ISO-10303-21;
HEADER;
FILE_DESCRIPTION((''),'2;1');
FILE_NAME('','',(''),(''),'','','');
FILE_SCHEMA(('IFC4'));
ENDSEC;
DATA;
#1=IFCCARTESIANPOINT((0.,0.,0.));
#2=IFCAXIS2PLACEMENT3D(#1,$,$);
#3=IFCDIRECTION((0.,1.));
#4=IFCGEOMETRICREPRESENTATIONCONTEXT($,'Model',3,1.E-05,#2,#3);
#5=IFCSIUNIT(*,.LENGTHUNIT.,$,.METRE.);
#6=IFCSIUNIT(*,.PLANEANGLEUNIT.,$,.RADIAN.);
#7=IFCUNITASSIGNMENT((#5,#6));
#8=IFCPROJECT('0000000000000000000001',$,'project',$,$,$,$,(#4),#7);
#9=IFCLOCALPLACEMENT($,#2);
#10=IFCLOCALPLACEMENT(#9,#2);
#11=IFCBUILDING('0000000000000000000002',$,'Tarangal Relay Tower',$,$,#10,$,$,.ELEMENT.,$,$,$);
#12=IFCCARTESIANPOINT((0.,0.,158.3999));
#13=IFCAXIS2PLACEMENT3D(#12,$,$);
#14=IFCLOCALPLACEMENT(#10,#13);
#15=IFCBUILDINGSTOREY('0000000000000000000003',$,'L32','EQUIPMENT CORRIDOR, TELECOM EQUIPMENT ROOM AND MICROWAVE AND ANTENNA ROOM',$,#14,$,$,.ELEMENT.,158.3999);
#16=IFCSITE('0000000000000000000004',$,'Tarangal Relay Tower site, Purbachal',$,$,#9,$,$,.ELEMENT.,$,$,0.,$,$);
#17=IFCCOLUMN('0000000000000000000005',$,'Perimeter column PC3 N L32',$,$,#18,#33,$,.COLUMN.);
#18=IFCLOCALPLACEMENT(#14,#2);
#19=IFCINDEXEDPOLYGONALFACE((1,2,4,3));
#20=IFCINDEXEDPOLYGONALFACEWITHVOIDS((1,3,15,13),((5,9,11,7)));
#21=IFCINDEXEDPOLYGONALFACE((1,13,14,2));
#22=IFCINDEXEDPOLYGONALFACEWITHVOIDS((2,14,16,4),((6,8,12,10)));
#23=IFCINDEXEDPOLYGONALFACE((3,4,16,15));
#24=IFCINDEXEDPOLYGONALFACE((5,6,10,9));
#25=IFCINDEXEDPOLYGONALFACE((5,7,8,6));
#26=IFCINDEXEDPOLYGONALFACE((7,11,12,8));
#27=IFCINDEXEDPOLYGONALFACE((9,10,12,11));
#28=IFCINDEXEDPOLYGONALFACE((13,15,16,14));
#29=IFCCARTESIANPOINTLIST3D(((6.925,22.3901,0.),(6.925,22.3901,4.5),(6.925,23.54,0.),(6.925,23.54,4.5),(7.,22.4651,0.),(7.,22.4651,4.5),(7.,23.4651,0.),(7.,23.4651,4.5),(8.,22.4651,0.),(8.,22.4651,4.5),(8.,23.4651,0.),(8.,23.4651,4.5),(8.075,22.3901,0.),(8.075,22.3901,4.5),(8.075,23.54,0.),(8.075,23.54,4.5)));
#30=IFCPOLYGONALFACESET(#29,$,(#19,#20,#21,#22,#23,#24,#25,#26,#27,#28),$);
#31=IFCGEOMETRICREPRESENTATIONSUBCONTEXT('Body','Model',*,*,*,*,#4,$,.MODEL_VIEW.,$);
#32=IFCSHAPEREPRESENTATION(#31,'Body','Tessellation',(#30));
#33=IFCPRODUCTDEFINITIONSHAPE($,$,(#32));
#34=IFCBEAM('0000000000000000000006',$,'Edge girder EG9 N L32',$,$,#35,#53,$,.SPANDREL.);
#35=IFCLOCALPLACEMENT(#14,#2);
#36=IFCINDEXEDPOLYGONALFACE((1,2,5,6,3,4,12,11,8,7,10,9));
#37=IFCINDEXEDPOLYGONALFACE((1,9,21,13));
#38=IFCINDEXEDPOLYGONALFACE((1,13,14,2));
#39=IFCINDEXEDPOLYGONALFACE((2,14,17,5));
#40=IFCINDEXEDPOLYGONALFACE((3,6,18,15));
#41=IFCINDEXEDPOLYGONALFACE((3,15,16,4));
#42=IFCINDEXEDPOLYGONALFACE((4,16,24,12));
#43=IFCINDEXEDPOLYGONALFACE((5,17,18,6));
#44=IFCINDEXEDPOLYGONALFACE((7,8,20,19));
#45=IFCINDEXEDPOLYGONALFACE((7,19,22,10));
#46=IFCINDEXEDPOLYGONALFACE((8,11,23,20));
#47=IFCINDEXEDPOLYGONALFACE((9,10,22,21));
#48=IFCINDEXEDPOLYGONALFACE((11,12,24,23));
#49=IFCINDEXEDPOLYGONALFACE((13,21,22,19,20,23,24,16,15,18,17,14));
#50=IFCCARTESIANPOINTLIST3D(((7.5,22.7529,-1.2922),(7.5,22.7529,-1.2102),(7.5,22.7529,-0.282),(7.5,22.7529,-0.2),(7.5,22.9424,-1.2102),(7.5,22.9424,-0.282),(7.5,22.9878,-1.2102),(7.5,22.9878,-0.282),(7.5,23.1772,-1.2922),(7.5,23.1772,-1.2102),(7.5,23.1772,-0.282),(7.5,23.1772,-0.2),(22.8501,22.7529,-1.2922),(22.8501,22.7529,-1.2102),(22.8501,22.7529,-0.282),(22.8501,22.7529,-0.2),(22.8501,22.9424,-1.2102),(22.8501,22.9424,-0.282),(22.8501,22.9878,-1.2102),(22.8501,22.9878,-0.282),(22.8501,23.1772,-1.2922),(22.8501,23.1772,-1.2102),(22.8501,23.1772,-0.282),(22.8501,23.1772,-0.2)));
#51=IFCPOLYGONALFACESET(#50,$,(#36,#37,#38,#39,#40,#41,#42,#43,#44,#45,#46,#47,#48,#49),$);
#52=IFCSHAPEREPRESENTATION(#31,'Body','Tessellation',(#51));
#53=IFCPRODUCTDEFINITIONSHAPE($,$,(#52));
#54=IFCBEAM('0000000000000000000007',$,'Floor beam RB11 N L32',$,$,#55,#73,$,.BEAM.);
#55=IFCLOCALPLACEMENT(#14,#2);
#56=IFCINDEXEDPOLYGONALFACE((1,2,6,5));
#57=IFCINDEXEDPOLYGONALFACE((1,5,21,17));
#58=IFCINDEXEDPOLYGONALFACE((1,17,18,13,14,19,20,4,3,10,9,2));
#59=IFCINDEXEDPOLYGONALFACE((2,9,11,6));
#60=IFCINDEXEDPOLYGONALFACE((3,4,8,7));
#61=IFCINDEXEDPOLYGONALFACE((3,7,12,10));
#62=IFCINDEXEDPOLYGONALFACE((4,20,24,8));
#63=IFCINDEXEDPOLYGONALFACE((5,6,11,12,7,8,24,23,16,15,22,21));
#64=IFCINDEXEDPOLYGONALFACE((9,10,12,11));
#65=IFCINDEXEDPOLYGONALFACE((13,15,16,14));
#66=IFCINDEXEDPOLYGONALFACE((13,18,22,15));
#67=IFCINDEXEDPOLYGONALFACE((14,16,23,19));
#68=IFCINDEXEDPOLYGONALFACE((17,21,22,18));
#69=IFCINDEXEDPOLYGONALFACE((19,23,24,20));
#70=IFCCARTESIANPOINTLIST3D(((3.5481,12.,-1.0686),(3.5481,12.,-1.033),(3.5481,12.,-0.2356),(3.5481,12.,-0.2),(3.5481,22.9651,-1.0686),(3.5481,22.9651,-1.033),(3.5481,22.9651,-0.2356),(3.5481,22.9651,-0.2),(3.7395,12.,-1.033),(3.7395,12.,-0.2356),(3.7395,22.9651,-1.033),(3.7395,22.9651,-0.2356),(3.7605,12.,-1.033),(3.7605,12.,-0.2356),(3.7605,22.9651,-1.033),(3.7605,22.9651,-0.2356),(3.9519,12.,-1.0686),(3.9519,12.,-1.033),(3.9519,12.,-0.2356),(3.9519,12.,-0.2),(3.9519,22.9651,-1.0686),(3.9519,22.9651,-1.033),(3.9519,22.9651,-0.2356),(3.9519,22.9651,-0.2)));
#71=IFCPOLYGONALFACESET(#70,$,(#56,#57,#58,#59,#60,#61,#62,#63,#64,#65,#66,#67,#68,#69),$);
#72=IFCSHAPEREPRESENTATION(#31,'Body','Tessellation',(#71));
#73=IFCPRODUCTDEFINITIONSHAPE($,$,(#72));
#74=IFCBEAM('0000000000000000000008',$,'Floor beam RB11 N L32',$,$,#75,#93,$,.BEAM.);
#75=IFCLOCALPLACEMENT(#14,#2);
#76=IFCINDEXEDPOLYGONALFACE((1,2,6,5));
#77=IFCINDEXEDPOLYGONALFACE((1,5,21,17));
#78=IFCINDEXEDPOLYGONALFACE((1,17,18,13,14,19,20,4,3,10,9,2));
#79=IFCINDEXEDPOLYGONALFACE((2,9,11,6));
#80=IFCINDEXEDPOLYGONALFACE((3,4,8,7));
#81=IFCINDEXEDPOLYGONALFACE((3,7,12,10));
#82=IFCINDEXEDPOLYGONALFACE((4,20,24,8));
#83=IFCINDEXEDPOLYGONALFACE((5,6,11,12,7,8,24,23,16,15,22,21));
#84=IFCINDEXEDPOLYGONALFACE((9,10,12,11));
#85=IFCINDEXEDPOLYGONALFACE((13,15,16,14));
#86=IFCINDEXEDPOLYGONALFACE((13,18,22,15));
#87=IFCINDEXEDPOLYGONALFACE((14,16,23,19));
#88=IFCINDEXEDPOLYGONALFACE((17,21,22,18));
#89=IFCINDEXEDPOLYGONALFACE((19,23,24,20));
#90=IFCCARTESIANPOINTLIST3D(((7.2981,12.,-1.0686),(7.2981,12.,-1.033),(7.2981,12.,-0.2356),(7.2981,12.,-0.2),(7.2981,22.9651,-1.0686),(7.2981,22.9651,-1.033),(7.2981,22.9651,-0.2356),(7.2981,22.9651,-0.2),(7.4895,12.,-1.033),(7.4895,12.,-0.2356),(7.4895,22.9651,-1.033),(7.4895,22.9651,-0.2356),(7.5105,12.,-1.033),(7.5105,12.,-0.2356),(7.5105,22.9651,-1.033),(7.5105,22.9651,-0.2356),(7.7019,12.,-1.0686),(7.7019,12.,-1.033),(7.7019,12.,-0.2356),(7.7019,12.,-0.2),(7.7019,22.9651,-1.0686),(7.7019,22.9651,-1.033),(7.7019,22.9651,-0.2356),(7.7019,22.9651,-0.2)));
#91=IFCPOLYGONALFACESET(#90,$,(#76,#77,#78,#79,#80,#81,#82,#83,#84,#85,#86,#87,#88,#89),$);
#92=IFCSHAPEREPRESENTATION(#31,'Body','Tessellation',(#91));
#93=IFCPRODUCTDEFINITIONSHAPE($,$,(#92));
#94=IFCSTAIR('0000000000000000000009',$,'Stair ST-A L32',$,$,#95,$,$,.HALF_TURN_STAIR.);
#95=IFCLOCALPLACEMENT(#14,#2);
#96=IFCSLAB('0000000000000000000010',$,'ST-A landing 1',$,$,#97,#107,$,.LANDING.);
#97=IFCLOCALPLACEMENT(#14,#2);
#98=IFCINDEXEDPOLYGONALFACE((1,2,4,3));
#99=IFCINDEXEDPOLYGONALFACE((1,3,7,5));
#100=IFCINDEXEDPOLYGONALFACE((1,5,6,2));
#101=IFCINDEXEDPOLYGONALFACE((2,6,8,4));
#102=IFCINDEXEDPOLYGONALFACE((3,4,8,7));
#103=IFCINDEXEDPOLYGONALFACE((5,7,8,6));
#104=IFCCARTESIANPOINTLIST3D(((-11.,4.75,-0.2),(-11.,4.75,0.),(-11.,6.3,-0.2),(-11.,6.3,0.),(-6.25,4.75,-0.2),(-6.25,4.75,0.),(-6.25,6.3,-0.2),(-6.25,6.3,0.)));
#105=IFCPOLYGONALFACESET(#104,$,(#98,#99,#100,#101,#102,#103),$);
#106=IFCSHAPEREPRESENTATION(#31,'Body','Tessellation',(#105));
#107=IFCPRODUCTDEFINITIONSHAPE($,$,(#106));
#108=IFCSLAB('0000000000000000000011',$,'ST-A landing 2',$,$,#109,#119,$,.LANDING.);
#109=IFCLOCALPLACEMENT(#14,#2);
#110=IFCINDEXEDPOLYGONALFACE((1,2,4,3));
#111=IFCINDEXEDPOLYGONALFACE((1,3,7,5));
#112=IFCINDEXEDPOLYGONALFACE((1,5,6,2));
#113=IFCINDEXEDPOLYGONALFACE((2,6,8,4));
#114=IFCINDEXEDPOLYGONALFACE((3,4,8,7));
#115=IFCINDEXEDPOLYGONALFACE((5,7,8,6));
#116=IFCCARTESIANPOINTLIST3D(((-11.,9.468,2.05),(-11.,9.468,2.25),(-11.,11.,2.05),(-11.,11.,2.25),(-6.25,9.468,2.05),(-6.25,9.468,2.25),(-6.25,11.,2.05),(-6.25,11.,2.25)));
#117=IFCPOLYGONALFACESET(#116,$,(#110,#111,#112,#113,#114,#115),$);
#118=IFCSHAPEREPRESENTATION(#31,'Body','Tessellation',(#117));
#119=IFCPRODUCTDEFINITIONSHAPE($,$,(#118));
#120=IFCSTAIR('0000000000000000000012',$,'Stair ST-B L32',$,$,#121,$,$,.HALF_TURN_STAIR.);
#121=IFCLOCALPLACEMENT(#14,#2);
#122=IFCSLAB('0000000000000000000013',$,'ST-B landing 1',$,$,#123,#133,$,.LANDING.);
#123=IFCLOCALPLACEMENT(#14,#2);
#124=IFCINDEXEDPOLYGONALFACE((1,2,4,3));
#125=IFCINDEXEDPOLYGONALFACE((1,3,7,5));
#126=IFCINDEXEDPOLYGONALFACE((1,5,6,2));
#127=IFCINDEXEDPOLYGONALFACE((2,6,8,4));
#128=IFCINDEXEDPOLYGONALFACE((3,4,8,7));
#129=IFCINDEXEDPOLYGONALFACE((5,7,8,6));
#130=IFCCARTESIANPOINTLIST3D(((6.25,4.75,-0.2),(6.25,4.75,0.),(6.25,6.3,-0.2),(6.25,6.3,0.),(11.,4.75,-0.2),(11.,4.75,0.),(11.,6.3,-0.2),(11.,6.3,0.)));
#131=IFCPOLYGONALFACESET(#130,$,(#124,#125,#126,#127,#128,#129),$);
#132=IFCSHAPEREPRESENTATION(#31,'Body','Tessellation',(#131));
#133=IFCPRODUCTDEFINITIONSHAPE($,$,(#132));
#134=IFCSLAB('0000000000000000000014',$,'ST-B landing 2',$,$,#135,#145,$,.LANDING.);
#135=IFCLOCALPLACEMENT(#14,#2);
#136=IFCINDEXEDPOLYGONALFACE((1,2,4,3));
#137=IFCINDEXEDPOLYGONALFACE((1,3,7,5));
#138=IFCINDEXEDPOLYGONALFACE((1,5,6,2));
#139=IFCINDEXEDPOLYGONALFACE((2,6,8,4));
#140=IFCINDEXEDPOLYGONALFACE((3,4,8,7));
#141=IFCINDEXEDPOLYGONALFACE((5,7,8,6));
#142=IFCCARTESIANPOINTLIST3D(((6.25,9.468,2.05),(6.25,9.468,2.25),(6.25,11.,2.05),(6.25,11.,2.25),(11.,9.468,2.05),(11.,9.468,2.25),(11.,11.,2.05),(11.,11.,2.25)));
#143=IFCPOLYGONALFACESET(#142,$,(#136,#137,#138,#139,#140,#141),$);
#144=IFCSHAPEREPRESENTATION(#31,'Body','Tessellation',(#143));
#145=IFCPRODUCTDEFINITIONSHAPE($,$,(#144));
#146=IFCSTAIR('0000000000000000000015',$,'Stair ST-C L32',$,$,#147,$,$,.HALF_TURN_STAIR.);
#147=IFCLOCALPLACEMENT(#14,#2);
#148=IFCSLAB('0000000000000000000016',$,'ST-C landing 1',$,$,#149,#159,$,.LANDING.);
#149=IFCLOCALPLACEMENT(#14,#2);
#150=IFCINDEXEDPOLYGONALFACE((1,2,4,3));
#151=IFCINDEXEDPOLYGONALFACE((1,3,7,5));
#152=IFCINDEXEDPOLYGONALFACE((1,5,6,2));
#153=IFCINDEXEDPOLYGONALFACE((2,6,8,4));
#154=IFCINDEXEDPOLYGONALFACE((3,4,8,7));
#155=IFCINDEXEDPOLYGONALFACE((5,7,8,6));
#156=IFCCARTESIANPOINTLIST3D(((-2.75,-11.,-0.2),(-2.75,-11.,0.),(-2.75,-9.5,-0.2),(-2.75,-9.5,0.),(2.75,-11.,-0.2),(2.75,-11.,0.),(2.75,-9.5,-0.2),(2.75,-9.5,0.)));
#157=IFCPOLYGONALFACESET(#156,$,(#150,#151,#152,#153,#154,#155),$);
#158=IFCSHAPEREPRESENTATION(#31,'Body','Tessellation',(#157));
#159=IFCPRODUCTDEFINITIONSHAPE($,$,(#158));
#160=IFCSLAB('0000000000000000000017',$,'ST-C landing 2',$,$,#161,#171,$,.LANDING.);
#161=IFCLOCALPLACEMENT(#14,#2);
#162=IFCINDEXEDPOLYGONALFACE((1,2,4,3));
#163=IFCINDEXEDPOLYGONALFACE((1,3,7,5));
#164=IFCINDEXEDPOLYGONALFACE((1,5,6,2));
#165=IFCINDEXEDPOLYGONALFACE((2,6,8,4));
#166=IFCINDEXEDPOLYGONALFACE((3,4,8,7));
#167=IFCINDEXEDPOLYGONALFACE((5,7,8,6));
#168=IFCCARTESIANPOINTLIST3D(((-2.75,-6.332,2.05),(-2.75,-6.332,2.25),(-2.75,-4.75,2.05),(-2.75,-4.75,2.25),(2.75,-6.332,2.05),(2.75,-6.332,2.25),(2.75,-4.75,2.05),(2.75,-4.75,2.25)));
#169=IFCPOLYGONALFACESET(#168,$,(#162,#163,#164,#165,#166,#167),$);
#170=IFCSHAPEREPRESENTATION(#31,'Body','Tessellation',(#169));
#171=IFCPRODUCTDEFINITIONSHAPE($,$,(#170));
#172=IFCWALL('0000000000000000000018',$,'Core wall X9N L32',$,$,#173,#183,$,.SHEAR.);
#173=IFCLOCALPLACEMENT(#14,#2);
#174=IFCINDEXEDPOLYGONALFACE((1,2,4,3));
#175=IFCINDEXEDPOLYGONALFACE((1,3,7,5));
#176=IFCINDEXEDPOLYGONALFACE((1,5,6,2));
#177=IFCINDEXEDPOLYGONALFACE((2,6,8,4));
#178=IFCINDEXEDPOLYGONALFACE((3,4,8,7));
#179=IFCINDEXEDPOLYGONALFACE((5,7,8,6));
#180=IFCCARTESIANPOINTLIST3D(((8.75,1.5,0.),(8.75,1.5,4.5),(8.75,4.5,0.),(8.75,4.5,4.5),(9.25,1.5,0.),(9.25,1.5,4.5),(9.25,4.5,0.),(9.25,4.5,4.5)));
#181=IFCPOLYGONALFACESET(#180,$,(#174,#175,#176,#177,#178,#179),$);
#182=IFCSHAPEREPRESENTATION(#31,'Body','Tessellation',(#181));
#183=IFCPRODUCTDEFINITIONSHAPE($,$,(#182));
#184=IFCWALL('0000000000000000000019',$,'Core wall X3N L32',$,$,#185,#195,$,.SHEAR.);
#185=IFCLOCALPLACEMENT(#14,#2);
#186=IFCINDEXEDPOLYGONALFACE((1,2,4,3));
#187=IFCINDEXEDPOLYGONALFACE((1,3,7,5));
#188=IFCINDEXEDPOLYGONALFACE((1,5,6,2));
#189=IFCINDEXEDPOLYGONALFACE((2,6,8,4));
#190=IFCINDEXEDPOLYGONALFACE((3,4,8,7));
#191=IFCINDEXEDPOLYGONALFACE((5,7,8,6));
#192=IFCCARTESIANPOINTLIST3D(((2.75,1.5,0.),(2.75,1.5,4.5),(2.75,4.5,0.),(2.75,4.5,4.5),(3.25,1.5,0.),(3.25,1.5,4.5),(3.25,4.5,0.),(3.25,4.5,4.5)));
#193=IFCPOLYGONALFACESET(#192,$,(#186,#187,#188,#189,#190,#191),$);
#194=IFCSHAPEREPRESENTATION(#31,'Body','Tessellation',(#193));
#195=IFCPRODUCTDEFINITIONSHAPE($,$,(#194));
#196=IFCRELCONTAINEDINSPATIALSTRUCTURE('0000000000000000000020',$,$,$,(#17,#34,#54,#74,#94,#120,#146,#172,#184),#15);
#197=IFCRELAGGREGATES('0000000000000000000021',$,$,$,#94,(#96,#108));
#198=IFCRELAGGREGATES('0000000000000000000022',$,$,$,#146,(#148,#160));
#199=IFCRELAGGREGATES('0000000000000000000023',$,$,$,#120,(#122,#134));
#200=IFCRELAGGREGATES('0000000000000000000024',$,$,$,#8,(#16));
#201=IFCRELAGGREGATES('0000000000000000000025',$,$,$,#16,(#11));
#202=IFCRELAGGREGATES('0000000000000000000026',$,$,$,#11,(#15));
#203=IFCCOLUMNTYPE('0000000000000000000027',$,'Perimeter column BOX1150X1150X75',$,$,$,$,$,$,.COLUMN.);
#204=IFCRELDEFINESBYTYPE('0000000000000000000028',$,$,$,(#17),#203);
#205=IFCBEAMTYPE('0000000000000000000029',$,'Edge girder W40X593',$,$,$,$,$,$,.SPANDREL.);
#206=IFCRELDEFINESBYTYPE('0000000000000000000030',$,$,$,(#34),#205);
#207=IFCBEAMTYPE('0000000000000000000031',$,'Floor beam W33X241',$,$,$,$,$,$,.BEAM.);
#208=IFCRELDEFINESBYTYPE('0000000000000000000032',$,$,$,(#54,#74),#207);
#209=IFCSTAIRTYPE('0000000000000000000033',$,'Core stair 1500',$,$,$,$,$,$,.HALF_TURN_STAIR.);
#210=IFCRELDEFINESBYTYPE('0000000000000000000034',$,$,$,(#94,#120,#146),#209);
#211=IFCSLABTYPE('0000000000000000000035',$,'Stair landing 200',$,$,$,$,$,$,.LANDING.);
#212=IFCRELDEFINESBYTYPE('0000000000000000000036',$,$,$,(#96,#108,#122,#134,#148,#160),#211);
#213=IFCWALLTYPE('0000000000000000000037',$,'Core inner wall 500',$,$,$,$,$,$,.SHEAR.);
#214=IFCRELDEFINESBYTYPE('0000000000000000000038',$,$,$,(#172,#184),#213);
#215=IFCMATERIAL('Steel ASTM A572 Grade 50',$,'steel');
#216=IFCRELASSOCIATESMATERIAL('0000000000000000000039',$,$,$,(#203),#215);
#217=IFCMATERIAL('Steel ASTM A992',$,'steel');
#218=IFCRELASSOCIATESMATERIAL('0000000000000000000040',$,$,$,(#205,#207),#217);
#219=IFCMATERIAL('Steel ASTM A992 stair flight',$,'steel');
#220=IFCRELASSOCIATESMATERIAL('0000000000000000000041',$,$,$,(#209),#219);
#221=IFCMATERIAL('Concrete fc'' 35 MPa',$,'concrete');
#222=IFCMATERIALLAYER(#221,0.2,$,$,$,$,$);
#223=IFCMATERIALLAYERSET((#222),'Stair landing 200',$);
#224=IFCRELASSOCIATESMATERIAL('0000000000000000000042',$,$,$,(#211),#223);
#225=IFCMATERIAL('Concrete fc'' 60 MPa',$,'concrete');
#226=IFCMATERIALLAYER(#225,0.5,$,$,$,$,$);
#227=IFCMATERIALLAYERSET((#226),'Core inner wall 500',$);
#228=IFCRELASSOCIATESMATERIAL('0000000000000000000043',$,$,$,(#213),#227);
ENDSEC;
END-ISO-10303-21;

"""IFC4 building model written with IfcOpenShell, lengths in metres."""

from ifc_helpers import new_model, si_unit, direction, frame, frame_2d, origin, origin_2d, place, context, subcontext, project, spatial, polyline, rectangle, hollow_rectangle, i_section, outline, extrude, material, layer, layer_set, material_profile, profile_set, type_object, element, aggregate, save


model = new_model("IFC4")

# Units and contexts
model_context = context("Model", 3, precision=1e-05, world=origin(), true_north=direction((0.0, 1.0)))
body_context = subcontext(model_context, "Body", "Model", "MODEL_VIEW")
ifc_project = project(units=[si_unit("LENGTHUNIT", "METRE"), si_unit("PLANEANGLEUNIT", "RADIAN")], contexts=[model_context])

# Site, building, storey
site_placement = place(None, origin())
site = spatial("IfcSite", under=ifc_project, at=site_placement, Name="Tarangal Relay Tower site, Purbachal", CompositionType="ELEMENT", RefElevation=0.0)
building_placement = place(site_placement, origin())
building = spatial("IfcBuilding", under=site, at=building_placement, Name="Tarangal Relay Tower", CompositionType="ELEMENT")
storey_placement = place(building_placement, frame((0.0, 0.0, 158.3999)))
storey = spatial("IfcBuildingStorey", under=building, at=storey_placement, Name="L32", Description="EQUIPMENT CORRIDOR, TELECOM EQUIPMENT ROOM AND MICROWAVE AND ANTENNA ROOM", CompositionType="ELEMENT", Elevation=158.3999)

# Column
ifc_material_1 = material(Name="Steel ASTM A572 Grade 50", Category="steel")
ifc_material_profile_1 = material_profile(ifc_material_1, hollow_rectangle(XDim=1.1499, YDim=1.1499, WallThickness=0.075, at=origin_2d()), Name="BOX1150X1150X75")
ifc_profile_set_1 = profile_set([ifc_material_profile_1], Name="Steel ASTM A572 Grade 50")
column_type = type_object("IfcColumnType", Name="Perimeter column BOX1150X1150X75", PredefinedType="COLUMN", material=ifc_profile_set_1)
column_placement = place(storey_placement, frame((7.5, 22.9651, 0.0), z_axis=(0.0, 0.0, 1.0), x_axis=(1.0, 0.0, 0.0)))
element("IfcColumn", 1, at=column_placement, inside=storey, type_object=column_type, Name="Perimeter column PC3 N L32", PredefinedType="COLUMN", context=body_context, shape_type="SweptSolid", body=[
    extrude(hollow_rectangle(XDim=1.1499, YDim=1.1499, WallThickness=0.075, at=origin_2d()), origin(), (0.0, 0.0, 1.0), 4.5),
])

# Beams
ifc_material_2 = material(Name="Steel ASTM A992", Category="steel")
ifc_material_profile_2 = material_profile(ifc_material_2, i_section(OverallWidth=0.4243, OverallDepth=1.0923, WebThickness=0.0454, FlangeThickness=0.082, at=origin_2d()), Name="W40X593")
ifc_profile_set_2 = profile_set([ifc_material_profile_2], Name="Steel ASTM A992")
beam_type_1 = type_object("IfcBeamType", Name="Edge girder W40X593", PredefinedType="SPANDREL", material=ifc_profile_set_2)
beam_placement = place(storey_placement, frame((7.5, 22.9651, -0.7461), z_axis=(1.0, 0.0, 0.0), x_axis=(0.0, 1.0, 0.0)))
element("IfcBeam", 2, at=beam_placement, inside=storey, type_object=beam_type_1, Name="Edge girder EG9 N L32", PredefinedType="SPANDREL", context=body_context, shape_type="SweptSolid", body=[
    extrude(i_section(OverallWidth=0.4243, OverallDepth=1.0923, WebThickness=0.0454, FlangeThickness=0.082, at=origin_2d()), origin(), (0.0, 0.0, 1.0), 15.3501),
])
ifc_material_profile_3 = material_profile(ifc_material_2, i_section(OverallWidth=0.4038, OverallDepth=0.8687, WebThickness=0.021, FlangeThickness=0.0356, at=origin_2d()), Name="W33X241")
ifc_profile_set_3 = profile_set([ifc_material_profile_3], Name="Steel ASTM A992")
beam_type_2 = type_object("IfcBeamType", Name="Floor beam W33X241", PredefinedType="BEAM", material=ifc_profile_set_3)
for number, where, z_axis, x_axis, name in (
    (3, (3.75, 12.0, -0.6343), (0.0, 1.0, 0.0), (-1.0, 0.0, 0.0), "Floor beam RB11 N L32"),
    (4, (7.5, 12.0, -0.6343), (0.0, 1.0, 0.0), (-1.0, 0.0, 0.0), "Floor beam RB11 N L32"),
):
    element("IfcBeam", number, at=place(storey_placement, frame(where, z_axis=z_axis, x_axis=x_axis)), inside=storey, type_object=beam_type_2, Name=name, PredefinedType="BEAM", context=body_context, shape_type="SweptSolid", body=[
        extrude(i_section(OverallWidth=0.4038, OverallDepth=0.8687, WebThickness=0.021, FlangeThickness=0.0356, at=origin_2d()), origin(), (0.0, 0.0, 1.0), 10.9651),
    ])

# Stairs, slabs
ifc_material_3 = material(Name="Steel ASTM A992 stair flight", Category="steel")
stair_type = type_object("IfcStairType", Name="Core stair 1500", PredefinedType="HALF_TURN_STAIR", material=ifc_material_3)
stair_1_placement = place(storey_placement, origin())
stair_1 = element("IfcStair", 5, at=stair_1_placement, inside=storey, type_object=stair_type, Name="Stair ST-A L32", PredefinedType="HALF_TURN_STAIR")
ifc_material_4 = material(Name="Concrete fc' 35 MPa", Category="concrete")
ifc_layer_1 = layer(ifc_material_4, 0.2)
ifc_layer_set_1 = layer_set([ifc_layer_1], Name="Stair landing 200")
slab_type = type_object("IfcSlabType", Name="Stair landing 200", PredefinedType="LANDING", material=ifc_layer_set_1)
slab_1_placement = place(storey_placement, frame((0.0, 0.0, -0.2)))
slab_1 = element("IfcSlab", 6, at=slab_1_placement, type_object=slab_type, Name="ST-A landing 1", PredefinedType="LANDING", context=body_context, shape_type="SweptSolid", body=[
    extrude(outline(polyline([(-11.0, 4.75), (-6.25, 4.75), (-6.25, 6.3), (-11.0, 6.3), (-11.0, 4.75)])), origin(), (0.0, 0.0, 1.0), 0.2),
])
slab_2_placement = place(storey_placement, frame((0.0, 0.0, 2.05)))
slab_2 = element("IfcSlab", 7, at=slab_2_placement, type_object=slab_type, Name="ST-A landing 2", PredefinedType="LANDING", context=body_context, shape_type="SweptSolid", body=[
    extrude(outline(polyline([(-11.0, 9.468), (-6.25, 9.468), (-6.25, 11.0), (-11.0, 11.0), (-11.0, 9.468)])), origin(), (0.0, 0.0, 1.0), 0.2),
])
aggregate(stair_1, [slab_1, slab_2])
stair_2_placement = place(storey_placement, origin())
stair_2 = element("IfcStair", 8, at=stair_2_placement, inside=storey, type_object=stair_type, Name="Stair ST-B L32", PredefinedType="HALF_TURN_STAIR")
slab_3_placement = place(storey_placement, frame((0.0, 0.0, -0.2)))
slab_3 = element("IfcSlab", 9, at=slab_3_placement, type_object=slab_type, Name="ST-B landing 1", PredefinedType="LANDING", context=body_context, shape_type="SweptSolid", body=[
    extrude(outline(polyline([(6.25, 4.75), (11.0, 4.75), (11.0, 6.3), (6.25, 6.3), (6.25, 4.75)])), origin(), (0.0, 0.0, 1.0), 0.2),
])
slab_4_placement = place(storey_placement, frame((0.0, 0.0, 2.05)))
slab_4 = element("IfcSlab", 10, at=slab_4_placement, type_object=slab_type, Name="ST-B landing 2", PredefinedType="LANDING", context=body_context, shape_type="SweptSolid", body=[
    extrude(outline(polyline([(6.25, 9.468), (11.0, 9.468), (11.0, 11.0), (6.25, 11.0), (6.25, 9.468)])), origin(), (0.0, 0.0, 1.0), 0.2),
])
stair_3_placement = place(storey_placement, origin())
stair_3 = element("IfcStair", 11, at=stair_3_placement, inside=storey, type_object=stair_type, Name="Stair ST-C L32", PredefinedType="HALF_TURN_STAIR")
slab_5_placement = place(storey_placement, frame((0.0, 0.0, -0.2)))
slab_5 = element("IfcSlab", 12, at=slab_5_placement, type_object=slab_type, Name="ST-C landing 1", PredefinedType="LANDING", context=body_context, shape_type="SweptSolid", body=[
    extrude(outline(polyline([(-2.75, -11.0), (2.75, -11.0), (2.75, -9.5), (-2.75, -9.5), (-2.75, -11.0)])), origin(), (0.0, 0.0, 1.0), 0.2),
])
slab_6_placement = place(storey_placement, frame((0.0, 0.0, 2.05)))
slab_6 = element("IfcSlab", 13, at=slab_6_placement, type_object=slab_type, Name="ST-C landing 2", PredefinedType="LANDING", context=body_context, shape_type="SweptSolid", body=[
    extrude(outline(polyline([(-2.75, -6.332), (2.75, -6.332), (2.75, -4.75), (-2.75, -4.75), (-2.75, -6.332)])), origin(), (0.0, 0.0, 1.0), 0.2),
])
aggregate(stair_3, [slab_5, slab_6])

# Walls
ifc_material_5 = material(Name="Concrete fc' 60 MPa", Category="concrete")
ifc_layer_2 = layer(ifc_material_5, 0.5)
ifc_layer_set_2 = layer_set([ifc_layer_2], Name="Core inner wall 500")
wall_type_1 = type_object("IfcWallType", Name="Core inner wall 500", PredefinedType="SHEAR", material=ifc_layer_set_2)
for number, where, z_axis, x_axis, name in (
    (14, (9.0, 1.5, 0.0), (0.0, 0.0, 1.0), (0.0, 1.0, 0.0), "Core wall X9N L32"),
    (15, (3.0, 1.5, 0.0), (0.0, 0.0, 1.0), (0.0, 1.0, 0.0), "Core wall X3N L32"),
):
    element("IfcWall", number, at=place(storey_placement, frame(where, z_axis=z_axis, x_axis=x_axis)), inside=storey, type_object=wall_type_1, Name=name, PredefinedType="SHEAR", context=body_context, shape_type="SweptSolid", body=[
        extrude(rectangle(XDim=3.0, YDim=0.5, at=frame_2d((1.5, 0.0))), origin(), (0.0, 0.0, 1.0), 4.5),
    ])

aggregate(stair_2, [slab_3, slab_4])

save(model, "model.ifc")
